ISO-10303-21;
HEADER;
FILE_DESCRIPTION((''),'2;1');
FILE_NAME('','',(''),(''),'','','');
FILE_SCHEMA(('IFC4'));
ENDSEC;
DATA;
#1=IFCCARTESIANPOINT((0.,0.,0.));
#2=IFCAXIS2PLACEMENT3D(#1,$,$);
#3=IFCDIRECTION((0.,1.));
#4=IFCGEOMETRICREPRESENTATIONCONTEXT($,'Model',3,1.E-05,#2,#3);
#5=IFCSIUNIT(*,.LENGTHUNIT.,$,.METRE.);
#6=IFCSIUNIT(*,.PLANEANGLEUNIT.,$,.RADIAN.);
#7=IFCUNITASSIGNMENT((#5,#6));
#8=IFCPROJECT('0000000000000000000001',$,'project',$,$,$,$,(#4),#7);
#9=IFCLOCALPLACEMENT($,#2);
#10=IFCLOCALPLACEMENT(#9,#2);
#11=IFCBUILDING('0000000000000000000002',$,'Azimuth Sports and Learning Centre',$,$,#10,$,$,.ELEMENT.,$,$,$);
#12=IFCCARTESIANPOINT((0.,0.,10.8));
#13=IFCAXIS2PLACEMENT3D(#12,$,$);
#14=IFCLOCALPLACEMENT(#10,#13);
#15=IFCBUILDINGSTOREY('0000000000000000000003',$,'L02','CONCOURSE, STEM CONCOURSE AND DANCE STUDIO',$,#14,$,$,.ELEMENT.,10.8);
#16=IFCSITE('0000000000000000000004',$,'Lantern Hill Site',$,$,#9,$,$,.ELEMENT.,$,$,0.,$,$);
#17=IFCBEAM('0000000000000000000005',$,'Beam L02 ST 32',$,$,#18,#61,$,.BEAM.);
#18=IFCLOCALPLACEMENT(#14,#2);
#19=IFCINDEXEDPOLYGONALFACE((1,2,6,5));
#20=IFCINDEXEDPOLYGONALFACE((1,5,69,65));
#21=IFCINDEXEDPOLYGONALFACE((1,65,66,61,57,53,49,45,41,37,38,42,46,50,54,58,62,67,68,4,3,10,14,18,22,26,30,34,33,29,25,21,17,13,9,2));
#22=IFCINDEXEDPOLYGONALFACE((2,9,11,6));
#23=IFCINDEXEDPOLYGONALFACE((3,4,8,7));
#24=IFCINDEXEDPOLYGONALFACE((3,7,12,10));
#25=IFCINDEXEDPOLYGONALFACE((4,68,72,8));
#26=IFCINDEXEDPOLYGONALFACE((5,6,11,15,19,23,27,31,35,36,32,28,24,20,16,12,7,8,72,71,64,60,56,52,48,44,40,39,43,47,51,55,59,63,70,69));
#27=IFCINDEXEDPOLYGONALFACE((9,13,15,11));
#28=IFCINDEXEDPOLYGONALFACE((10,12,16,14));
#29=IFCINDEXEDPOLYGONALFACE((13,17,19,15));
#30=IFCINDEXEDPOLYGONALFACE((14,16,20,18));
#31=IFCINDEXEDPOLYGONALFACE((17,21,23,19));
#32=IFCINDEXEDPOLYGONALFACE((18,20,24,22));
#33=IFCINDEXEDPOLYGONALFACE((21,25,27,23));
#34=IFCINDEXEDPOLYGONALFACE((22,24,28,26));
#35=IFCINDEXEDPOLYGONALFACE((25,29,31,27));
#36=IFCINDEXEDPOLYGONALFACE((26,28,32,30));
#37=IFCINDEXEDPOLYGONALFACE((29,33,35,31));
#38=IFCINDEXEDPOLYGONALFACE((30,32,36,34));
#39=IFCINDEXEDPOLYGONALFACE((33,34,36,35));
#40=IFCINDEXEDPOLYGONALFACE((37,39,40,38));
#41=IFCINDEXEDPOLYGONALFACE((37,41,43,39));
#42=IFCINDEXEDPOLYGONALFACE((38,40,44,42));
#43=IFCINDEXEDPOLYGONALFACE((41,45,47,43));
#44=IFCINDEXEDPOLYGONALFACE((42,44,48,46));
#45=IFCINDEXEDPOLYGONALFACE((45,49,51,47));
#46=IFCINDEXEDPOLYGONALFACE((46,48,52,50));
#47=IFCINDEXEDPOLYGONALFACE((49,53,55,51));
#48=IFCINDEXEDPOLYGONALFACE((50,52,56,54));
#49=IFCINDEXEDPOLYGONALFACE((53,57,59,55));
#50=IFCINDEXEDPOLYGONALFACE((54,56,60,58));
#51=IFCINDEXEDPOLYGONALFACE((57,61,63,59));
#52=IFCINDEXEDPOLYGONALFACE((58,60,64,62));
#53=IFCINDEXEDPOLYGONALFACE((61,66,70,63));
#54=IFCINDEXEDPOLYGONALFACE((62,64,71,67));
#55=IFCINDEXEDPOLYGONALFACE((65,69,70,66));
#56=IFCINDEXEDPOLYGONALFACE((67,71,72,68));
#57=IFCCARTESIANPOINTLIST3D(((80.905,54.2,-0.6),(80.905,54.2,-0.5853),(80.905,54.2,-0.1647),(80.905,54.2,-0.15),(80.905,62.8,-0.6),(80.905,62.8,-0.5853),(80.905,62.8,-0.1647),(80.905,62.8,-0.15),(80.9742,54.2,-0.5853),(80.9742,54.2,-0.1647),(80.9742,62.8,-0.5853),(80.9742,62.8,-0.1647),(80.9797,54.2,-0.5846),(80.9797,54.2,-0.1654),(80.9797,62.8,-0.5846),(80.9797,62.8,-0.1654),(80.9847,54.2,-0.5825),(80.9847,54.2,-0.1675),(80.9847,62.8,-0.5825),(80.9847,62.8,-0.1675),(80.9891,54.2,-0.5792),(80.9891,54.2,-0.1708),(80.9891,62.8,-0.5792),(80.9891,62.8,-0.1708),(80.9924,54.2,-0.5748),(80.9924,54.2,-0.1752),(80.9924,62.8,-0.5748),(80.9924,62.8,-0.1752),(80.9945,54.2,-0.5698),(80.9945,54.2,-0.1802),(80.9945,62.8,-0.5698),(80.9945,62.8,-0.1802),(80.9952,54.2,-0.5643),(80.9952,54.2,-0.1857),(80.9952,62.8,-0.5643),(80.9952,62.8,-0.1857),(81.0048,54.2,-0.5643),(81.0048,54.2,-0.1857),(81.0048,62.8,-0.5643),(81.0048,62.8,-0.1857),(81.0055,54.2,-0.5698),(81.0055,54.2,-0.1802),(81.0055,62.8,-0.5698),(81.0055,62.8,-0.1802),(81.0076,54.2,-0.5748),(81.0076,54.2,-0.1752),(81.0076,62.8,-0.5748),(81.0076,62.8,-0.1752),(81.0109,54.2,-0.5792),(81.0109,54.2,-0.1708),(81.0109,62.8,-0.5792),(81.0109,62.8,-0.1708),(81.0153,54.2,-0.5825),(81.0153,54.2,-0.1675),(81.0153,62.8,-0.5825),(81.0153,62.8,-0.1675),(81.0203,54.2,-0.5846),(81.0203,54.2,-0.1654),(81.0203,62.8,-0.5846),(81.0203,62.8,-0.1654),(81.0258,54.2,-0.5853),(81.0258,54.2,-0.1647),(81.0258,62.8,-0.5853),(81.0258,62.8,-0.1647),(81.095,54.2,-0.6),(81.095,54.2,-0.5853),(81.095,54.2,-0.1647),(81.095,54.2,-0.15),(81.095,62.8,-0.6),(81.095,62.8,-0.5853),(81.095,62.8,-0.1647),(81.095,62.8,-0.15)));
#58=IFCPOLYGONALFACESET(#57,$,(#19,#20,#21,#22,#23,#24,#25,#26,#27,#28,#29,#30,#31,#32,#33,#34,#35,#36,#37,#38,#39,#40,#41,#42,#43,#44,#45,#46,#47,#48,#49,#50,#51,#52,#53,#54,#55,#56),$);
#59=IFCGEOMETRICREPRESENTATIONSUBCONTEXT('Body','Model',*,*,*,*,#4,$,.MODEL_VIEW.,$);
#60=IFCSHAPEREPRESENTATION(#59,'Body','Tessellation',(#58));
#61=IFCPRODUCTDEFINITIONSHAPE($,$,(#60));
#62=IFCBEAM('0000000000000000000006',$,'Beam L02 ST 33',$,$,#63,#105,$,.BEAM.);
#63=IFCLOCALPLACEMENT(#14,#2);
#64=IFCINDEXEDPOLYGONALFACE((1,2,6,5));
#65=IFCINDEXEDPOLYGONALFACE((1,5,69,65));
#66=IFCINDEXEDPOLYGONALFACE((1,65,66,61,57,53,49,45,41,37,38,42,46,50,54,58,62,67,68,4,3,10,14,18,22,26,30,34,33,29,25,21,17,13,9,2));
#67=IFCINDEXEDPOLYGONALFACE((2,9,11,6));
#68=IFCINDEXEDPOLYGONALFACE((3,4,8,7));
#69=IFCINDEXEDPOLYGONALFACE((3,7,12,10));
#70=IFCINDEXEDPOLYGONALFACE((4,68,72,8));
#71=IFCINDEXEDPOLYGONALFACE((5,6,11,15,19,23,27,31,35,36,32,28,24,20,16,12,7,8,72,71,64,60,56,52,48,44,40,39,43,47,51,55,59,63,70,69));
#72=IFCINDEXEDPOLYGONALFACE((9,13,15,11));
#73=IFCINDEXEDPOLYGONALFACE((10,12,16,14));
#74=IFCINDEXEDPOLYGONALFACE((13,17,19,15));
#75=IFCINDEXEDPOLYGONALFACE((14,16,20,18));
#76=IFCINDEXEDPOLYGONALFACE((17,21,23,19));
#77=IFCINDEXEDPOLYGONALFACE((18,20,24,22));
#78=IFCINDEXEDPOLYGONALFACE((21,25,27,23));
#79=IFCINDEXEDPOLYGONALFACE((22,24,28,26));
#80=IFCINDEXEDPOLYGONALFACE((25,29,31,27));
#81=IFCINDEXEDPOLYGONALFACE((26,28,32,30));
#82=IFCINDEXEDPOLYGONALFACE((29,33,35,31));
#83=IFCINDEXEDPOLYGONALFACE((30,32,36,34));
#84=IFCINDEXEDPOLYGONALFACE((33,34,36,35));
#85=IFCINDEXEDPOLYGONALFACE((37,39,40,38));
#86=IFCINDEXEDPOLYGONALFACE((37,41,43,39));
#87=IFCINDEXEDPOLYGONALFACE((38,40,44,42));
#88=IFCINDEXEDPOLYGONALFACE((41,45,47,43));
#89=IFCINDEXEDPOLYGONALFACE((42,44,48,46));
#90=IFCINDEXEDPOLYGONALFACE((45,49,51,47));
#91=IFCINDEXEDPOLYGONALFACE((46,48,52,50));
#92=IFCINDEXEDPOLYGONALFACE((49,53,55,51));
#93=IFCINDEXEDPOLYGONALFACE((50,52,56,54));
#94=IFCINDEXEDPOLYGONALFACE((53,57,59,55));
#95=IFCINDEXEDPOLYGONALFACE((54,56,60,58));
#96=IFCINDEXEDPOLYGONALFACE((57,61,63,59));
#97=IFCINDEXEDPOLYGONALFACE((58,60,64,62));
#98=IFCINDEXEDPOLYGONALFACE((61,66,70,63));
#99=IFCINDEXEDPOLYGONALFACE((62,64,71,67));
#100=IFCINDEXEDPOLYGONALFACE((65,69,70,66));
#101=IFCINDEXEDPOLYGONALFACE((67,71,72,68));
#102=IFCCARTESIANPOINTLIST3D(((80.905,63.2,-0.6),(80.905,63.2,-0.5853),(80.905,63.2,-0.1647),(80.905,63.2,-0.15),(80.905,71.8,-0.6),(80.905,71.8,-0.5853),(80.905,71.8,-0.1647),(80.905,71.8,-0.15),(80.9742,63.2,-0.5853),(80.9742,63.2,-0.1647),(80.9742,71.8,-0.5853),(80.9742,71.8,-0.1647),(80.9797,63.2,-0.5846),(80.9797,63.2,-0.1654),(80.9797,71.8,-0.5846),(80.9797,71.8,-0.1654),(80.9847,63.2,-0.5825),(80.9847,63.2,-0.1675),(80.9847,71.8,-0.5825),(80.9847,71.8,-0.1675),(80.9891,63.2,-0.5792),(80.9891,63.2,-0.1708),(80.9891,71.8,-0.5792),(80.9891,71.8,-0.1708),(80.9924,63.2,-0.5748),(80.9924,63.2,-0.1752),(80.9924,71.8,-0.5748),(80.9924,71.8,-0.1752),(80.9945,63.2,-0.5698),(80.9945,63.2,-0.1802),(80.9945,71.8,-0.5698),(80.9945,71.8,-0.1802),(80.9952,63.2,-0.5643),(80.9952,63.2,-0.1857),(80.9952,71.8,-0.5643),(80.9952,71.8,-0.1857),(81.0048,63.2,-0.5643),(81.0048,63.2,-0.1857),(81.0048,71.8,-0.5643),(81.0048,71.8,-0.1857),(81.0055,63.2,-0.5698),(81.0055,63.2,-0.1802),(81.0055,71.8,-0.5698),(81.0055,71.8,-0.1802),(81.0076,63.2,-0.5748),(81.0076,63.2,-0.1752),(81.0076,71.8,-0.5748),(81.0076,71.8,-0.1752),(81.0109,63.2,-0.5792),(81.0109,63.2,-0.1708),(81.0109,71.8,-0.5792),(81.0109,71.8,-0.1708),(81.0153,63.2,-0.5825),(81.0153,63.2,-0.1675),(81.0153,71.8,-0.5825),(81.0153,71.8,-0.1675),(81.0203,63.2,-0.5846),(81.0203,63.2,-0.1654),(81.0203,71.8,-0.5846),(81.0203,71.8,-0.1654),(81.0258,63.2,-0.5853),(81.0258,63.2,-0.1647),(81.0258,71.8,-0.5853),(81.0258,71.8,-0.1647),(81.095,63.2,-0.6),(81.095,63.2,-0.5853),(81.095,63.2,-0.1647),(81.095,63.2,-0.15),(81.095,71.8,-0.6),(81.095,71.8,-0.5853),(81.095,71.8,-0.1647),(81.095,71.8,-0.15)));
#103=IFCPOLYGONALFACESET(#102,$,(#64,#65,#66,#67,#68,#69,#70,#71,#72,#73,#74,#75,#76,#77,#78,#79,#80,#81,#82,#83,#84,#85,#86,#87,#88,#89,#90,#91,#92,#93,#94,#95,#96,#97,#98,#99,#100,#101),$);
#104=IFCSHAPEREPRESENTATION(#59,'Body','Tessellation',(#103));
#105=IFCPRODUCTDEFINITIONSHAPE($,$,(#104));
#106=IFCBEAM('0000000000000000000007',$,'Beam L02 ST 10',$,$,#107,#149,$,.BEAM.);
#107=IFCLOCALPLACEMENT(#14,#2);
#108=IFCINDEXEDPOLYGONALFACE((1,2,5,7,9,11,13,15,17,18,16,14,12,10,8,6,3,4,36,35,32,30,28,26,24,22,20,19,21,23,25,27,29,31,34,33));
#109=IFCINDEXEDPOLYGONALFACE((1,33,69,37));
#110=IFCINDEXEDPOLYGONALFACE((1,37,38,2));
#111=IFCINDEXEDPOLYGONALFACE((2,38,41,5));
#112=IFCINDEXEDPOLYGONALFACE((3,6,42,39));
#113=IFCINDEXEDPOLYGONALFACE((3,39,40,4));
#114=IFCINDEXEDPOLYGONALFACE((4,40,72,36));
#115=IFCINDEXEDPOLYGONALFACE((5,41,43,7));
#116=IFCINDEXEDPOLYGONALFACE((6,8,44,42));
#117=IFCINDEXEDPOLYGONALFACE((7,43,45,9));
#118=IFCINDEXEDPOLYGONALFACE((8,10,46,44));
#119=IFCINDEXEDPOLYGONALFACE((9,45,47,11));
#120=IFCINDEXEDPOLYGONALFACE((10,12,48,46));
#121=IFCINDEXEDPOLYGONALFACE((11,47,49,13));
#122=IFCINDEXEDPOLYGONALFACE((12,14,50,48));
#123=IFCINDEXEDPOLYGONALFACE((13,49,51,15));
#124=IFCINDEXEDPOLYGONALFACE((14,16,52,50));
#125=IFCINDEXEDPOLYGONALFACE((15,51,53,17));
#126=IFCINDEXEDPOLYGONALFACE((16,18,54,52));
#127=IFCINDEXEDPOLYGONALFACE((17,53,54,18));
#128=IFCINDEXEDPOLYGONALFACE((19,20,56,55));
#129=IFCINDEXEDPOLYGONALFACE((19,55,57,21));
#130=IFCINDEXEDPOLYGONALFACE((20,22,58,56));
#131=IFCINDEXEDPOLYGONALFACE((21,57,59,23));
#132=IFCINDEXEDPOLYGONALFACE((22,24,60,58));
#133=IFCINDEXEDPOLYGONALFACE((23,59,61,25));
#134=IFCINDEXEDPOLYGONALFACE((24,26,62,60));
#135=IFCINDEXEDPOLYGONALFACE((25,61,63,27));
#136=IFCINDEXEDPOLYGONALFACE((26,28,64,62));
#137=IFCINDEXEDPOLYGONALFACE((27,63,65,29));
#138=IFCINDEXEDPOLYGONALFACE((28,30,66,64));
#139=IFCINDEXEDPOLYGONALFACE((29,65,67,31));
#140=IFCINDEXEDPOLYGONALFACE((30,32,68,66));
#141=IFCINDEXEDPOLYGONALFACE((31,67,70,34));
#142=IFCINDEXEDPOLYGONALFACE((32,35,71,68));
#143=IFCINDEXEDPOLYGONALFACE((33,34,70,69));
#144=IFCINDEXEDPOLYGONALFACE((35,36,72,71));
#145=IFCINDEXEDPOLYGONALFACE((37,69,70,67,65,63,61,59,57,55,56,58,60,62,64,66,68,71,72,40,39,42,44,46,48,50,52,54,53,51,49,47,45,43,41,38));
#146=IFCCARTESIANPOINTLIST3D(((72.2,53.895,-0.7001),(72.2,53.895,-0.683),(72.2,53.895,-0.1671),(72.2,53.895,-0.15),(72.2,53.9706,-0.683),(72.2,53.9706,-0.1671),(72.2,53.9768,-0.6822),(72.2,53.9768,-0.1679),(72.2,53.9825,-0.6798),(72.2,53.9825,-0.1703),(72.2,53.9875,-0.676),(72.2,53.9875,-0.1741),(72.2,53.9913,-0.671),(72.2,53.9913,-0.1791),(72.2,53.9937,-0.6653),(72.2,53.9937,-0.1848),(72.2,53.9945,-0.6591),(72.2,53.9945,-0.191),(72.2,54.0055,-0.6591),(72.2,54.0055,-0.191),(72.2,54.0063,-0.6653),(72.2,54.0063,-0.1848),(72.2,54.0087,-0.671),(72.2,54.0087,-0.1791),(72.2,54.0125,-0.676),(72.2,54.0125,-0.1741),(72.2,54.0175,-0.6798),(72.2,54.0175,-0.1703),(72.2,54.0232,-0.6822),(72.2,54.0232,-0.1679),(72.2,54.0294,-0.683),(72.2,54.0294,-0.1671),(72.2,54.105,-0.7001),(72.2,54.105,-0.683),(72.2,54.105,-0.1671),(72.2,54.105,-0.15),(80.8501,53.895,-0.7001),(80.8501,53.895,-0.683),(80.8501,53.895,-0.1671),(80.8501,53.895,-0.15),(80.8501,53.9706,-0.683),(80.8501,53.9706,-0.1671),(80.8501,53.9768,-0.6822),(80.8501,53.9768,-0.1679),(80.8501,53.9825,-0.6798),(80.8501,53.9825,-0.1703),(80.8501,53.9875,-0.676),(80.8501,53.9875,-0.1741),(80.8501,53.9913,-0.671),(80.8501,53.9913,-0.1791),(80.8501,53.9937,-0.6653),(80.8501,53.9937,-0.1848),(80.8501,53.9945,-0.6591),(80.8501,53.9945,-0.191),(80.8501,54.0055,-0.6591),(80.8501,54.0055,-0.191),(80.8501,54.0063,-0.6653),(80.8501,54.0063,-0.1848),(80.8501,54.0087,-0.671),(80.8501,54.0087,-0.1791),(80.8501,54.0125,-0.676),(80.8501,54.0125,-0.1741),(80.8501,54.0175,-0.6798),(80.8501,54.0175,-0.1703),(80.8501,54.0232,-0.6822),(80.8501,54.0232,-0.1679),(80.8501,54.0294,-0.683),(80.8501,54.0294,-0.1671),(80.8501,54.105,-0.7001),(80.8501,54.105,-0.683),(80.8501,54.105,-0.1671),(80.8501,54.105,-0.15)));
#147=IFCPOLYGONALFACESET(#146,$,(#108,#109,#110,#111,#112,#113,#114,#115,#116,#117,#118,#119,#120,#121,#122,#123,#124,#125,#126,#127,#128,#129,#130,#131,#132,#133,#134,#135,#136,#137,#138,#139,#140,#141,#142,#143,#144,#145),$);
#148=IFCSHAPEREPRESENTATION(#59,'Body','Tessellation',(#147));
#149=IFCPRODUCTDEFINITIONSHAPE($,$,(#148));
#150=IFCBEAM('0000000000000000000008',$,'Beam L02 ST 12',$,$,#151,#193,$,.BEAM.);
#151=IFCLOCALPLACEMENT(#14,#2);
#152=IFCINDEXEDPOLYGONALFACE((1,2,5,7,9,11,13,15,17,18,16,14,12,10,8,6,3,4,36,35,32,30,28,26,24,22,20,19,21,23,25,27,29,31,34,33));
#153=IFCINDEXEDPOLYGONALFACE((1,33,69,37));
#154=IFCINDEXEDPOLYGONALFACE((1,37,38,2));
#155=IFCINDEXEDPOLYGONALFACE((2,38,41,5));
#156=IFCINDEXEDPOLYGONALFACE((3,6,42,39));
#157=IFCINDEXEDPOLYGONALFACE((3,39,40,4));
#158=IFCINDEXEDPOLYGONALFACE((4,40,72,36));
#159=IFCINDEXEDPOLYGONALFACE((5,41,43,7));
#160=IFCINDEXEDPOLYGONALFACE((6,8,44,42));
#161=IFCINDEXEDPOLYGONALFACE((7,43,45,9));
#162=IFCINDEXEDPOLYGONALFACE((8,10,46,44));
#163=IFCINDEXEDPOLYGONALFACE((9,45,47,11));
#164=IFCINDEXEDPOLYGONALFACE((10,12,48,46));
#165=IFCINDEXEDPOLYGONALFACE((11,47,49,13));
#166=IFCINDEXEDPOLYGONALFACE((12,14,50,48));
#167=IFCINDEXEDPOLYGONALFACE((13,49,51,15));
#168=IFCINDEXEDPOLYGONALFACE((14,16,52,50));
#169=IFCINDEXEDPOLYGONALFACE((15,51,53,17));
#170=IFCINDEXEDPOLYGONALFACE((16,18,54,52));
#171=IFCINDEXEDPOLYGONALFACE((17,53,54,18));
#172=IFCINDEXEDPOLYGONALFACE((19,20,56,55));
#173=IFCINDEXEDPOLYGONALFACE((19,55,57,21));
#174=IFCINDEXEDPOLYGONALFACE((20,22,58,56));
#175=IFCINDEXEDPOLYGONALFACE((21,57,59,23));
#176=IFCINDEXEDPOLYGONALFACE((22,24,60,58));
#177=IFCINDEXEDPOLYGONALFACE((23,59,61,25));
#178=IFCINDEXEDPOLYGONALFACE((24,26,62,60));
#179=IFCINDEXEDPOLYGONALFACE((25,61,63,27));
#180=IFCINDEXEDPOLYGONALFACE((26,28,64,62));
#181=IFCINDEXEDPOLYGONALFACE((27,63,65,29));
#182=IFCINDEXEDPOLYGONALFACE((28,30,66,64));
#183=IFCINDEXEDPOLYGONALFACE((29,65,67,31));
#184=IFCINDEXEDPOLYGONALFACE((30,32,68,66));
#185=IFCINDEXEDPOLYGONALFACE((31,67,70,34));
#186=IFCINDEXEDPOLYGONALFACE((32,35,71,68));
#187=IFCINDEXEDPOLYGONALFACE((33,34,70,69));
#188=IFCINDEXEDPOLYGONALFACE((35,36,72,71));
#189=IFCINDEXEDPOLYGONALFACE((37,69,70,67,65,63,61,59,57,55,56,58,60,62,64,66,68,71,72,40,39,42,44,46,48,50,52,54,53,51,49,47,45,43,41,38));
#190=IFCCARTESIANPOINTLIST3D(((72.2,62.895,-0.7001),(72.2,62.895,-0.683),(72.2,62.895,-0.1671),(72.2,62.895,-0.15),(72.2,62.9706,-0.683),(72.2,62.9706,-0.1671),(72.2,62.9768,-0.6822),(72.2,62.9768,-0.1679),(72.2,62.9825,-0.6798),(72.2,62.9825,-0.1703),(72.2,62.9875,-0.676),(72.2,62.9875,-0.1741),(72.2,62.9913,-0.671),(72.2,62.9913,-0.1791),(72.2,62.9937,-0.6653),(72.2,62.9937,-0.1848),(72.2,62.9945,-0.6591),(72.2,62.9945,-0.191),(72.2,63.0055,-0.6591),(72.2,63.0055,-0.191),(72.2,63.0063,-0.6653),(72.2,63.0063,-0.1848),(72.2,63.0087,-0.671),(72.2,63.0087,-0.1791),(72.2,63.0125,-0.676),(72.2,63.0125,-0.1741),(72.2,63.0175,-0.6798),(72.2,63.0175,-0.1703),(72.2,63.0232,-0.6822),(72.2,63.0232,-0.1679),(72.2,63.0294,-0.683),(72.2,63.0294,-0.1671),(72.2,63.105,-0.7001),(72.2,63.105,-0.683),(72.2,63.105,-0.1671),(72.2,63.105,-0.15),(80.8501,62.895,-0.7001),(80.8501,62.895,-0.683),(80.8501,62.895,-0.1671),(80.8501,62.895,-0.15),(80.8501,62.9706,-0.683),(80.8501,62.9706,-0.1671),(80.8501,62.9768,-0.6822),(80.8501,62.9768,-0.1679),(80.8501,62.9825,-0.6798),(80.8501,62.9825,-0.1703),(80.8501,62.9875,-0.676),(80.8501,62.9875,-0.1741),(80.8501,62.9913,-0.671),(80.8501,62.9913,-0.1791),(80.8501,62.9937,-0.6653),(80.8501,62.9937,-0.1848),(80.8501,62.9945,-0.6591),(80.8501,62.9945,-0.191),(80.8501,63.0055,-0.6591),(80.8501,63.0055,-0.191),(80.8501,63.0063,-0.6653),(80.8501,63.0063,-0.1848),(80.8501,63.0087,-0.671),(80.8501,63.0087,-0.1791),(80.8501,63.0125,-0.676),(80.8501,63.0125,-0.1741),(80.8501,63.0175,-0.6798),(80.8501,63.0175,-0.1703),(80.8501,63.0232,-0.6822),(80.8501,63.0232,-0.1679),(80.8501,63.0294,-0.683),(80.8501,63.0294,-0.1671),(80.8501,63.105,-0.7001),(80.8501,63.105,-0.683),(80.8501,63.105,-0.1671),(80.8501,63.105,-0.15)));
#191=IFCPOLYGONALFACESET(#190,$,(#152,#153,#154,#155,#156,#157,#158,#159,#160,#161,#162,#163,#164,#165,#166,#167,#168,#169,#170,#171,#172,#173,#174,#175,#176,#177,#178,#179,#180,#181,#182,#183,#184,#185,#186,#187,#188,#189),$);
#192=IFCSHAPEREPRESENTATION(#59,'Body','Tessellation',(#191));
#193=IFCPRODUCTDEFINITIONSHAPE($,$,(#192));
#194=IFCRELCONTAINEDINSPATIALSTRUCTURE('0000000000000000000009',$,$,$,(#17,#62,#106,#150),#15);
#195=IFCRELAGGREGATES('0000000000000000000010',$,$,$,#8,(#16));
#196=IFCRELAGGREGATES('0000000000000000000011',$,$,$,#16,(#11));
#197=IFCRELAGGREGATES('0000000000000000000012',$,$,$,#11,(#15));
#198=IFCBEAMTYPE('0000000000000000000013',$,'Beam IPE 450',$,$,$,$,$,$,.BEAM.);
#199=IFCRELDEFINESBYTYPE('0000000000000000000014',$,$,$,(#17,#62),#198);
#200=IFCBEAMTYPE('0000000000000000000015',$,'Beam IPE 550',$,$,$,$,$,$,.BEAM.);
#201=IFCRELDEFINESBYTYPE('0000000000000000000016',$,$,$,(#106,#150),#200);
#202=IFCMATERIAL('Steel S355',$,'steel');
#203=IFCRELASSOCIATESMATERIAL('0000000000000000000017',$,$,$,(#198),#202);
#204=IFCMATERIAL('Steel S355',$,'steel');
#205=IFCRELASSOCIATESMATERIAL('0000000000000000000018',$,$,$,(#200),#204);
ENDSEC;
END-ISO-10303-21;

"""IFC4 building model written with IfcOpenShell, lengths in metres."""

from ifc_helpers import new_model, si_unit, direction, frame, origin, origin_2d, place, context, subcontext, project, spatial, i_section, extrude, material, material_profile, profile_set, type_object, element, save


model = new_model("IFC4")

# Units and contexts
model_context = context("Model", 3, precision=1e-05, world=origin(), true_north=direction((0.0, 1.0)))
body_context = subcontext(model_context, "Body", "Model", "MODEL_VIEW")
ifc_project = project(units=[si_unit("LENGTHUNIT", "METRE"), si_unit("PLANEANGLEUNIT", "RADIAN")], contexts=[model_context])

# Site, building, storey
site_placement = place(None, origin())
site = spatial("IfcSite", under=ifc_project, at=site_placement, Name="Lantern Hill Site", CompositionType="ELEMENT", RefElevation=0.0)
building_placement = place(site_placement, origin())
building = spatial("IfcBuilding", under=site, at=building_placement, Name="Azimuth Sports and Learning Centre", CompositionType="ELEMENT")
storey_placement = place(building_placement, frame((0.0, 0.0, 10.8)))
storey = spatial("IfcBuildingStorey", under=building, at=storey_placement, Name="L02", Description="CONCOURSE, STEM CONCOURSE AND DANCE STUDIO", CompositionType="ELEMENT", Elevation=10.8)

# Beams
ifc_material_1 = material(Name="Steel S355", Category="steel")
ifc_material_profile_1 = material_profile(ifc_material_1, i_section(OverallWidth=0.1899, OverallDepth=0.45, WebThickness=0.0095, FlangeThickness=0.0146, FilletRadius=0.021, at=origin_2d()), Name="IPE 450")
ifc_profile_set_1 = profile_set([ifc_material_profile_1], Name="Steel S355")
beam_type_1 = type_object("IfcBeamType", Name="Beam IPE 450", PredefinedType="BEAM", material=ifc_profile_set_1)
for number, where, z_axis, x_axis, name in (
    (1, (81.0, 54.2, -0.375), (0.0, 1.0, 0.0), (-1.0, 0.0, 0.0), "Beam L02 ST 32"),
    (2, (81.0, 63.2, -0.375), (0.0, 1.0, 0.0), (-1.0, 0.0, 0.0), "Beam L02 ST 33"),
):
    element("IfcBeam", number, at=place(storey_placement, frame(where, z_axis=z_axis, x_axis=x_axis)), inside=storey, type_object=beam_type_1, Name=name, PredefinedType="BEAM", context=body_context, shape_type="SweptSolid", body=[
        extrude(i_section(OverallWidth=0.1899, OverallDepth=0.45, WebThickness=0.0095, FlangeThickness=0.0146, FilletRadius=0.021, at=origin_2d()), origin(), (0.0, 0.0, 1.0), 8.6001),
    ])
ifc_material_2 = material(Name="Steel S355", Category="steel")
ifc_material_profile_2 = material_profile(ifc_material_2, i_section(OverallWidth=0.21, OverallDepth=0.55, WebThickness=0.011, FlangeThickness=0.0171, FilletRadius=0.0239, at=origin_2d()), Name="IPE 550")
ifc_profile_set_2 = profile_set([ifc_material_profile_2], Name="Steel S355")
beam_type_2 = type_object("IfcBeamType", Name="Beam IPE 550", PredefinedType="BEAM", material=ifc_profile_set_2)
for number, where, z_axis, x_axis, name in (
    (3, (72.2, 54.0, -0.425), (1.0, 0.0, 0.0), (0.0, 1.0, 0.0), "Beam L02 ST 10"),
    (4, (72.2, 63.0, -0.425), (1.0, 0.0, 0.0), (0.0, 1.0, 0.0), "Beam L02 ST 12"),
):
    element("IfcBeam", number, at=place(storey_placement, frame(where, z_axis=z_axis, x_axis=x_axis)), inside=storey, type_object=beam_type_2, Name=name, PredefinedType="BEAM", context=body_context, shape_type="SweptSolid", body=[
        extrude(i_section(OverallWidth=0.21, OverallDepth=0.55, WebThickness=0.011, FlangeThickness=0.0171, FilletRadius=0.0239, at=origin_2d()), origin(), (0.0, 0.0, 1.0), 8.6501),
    ])

save(model, "model.ifc")
